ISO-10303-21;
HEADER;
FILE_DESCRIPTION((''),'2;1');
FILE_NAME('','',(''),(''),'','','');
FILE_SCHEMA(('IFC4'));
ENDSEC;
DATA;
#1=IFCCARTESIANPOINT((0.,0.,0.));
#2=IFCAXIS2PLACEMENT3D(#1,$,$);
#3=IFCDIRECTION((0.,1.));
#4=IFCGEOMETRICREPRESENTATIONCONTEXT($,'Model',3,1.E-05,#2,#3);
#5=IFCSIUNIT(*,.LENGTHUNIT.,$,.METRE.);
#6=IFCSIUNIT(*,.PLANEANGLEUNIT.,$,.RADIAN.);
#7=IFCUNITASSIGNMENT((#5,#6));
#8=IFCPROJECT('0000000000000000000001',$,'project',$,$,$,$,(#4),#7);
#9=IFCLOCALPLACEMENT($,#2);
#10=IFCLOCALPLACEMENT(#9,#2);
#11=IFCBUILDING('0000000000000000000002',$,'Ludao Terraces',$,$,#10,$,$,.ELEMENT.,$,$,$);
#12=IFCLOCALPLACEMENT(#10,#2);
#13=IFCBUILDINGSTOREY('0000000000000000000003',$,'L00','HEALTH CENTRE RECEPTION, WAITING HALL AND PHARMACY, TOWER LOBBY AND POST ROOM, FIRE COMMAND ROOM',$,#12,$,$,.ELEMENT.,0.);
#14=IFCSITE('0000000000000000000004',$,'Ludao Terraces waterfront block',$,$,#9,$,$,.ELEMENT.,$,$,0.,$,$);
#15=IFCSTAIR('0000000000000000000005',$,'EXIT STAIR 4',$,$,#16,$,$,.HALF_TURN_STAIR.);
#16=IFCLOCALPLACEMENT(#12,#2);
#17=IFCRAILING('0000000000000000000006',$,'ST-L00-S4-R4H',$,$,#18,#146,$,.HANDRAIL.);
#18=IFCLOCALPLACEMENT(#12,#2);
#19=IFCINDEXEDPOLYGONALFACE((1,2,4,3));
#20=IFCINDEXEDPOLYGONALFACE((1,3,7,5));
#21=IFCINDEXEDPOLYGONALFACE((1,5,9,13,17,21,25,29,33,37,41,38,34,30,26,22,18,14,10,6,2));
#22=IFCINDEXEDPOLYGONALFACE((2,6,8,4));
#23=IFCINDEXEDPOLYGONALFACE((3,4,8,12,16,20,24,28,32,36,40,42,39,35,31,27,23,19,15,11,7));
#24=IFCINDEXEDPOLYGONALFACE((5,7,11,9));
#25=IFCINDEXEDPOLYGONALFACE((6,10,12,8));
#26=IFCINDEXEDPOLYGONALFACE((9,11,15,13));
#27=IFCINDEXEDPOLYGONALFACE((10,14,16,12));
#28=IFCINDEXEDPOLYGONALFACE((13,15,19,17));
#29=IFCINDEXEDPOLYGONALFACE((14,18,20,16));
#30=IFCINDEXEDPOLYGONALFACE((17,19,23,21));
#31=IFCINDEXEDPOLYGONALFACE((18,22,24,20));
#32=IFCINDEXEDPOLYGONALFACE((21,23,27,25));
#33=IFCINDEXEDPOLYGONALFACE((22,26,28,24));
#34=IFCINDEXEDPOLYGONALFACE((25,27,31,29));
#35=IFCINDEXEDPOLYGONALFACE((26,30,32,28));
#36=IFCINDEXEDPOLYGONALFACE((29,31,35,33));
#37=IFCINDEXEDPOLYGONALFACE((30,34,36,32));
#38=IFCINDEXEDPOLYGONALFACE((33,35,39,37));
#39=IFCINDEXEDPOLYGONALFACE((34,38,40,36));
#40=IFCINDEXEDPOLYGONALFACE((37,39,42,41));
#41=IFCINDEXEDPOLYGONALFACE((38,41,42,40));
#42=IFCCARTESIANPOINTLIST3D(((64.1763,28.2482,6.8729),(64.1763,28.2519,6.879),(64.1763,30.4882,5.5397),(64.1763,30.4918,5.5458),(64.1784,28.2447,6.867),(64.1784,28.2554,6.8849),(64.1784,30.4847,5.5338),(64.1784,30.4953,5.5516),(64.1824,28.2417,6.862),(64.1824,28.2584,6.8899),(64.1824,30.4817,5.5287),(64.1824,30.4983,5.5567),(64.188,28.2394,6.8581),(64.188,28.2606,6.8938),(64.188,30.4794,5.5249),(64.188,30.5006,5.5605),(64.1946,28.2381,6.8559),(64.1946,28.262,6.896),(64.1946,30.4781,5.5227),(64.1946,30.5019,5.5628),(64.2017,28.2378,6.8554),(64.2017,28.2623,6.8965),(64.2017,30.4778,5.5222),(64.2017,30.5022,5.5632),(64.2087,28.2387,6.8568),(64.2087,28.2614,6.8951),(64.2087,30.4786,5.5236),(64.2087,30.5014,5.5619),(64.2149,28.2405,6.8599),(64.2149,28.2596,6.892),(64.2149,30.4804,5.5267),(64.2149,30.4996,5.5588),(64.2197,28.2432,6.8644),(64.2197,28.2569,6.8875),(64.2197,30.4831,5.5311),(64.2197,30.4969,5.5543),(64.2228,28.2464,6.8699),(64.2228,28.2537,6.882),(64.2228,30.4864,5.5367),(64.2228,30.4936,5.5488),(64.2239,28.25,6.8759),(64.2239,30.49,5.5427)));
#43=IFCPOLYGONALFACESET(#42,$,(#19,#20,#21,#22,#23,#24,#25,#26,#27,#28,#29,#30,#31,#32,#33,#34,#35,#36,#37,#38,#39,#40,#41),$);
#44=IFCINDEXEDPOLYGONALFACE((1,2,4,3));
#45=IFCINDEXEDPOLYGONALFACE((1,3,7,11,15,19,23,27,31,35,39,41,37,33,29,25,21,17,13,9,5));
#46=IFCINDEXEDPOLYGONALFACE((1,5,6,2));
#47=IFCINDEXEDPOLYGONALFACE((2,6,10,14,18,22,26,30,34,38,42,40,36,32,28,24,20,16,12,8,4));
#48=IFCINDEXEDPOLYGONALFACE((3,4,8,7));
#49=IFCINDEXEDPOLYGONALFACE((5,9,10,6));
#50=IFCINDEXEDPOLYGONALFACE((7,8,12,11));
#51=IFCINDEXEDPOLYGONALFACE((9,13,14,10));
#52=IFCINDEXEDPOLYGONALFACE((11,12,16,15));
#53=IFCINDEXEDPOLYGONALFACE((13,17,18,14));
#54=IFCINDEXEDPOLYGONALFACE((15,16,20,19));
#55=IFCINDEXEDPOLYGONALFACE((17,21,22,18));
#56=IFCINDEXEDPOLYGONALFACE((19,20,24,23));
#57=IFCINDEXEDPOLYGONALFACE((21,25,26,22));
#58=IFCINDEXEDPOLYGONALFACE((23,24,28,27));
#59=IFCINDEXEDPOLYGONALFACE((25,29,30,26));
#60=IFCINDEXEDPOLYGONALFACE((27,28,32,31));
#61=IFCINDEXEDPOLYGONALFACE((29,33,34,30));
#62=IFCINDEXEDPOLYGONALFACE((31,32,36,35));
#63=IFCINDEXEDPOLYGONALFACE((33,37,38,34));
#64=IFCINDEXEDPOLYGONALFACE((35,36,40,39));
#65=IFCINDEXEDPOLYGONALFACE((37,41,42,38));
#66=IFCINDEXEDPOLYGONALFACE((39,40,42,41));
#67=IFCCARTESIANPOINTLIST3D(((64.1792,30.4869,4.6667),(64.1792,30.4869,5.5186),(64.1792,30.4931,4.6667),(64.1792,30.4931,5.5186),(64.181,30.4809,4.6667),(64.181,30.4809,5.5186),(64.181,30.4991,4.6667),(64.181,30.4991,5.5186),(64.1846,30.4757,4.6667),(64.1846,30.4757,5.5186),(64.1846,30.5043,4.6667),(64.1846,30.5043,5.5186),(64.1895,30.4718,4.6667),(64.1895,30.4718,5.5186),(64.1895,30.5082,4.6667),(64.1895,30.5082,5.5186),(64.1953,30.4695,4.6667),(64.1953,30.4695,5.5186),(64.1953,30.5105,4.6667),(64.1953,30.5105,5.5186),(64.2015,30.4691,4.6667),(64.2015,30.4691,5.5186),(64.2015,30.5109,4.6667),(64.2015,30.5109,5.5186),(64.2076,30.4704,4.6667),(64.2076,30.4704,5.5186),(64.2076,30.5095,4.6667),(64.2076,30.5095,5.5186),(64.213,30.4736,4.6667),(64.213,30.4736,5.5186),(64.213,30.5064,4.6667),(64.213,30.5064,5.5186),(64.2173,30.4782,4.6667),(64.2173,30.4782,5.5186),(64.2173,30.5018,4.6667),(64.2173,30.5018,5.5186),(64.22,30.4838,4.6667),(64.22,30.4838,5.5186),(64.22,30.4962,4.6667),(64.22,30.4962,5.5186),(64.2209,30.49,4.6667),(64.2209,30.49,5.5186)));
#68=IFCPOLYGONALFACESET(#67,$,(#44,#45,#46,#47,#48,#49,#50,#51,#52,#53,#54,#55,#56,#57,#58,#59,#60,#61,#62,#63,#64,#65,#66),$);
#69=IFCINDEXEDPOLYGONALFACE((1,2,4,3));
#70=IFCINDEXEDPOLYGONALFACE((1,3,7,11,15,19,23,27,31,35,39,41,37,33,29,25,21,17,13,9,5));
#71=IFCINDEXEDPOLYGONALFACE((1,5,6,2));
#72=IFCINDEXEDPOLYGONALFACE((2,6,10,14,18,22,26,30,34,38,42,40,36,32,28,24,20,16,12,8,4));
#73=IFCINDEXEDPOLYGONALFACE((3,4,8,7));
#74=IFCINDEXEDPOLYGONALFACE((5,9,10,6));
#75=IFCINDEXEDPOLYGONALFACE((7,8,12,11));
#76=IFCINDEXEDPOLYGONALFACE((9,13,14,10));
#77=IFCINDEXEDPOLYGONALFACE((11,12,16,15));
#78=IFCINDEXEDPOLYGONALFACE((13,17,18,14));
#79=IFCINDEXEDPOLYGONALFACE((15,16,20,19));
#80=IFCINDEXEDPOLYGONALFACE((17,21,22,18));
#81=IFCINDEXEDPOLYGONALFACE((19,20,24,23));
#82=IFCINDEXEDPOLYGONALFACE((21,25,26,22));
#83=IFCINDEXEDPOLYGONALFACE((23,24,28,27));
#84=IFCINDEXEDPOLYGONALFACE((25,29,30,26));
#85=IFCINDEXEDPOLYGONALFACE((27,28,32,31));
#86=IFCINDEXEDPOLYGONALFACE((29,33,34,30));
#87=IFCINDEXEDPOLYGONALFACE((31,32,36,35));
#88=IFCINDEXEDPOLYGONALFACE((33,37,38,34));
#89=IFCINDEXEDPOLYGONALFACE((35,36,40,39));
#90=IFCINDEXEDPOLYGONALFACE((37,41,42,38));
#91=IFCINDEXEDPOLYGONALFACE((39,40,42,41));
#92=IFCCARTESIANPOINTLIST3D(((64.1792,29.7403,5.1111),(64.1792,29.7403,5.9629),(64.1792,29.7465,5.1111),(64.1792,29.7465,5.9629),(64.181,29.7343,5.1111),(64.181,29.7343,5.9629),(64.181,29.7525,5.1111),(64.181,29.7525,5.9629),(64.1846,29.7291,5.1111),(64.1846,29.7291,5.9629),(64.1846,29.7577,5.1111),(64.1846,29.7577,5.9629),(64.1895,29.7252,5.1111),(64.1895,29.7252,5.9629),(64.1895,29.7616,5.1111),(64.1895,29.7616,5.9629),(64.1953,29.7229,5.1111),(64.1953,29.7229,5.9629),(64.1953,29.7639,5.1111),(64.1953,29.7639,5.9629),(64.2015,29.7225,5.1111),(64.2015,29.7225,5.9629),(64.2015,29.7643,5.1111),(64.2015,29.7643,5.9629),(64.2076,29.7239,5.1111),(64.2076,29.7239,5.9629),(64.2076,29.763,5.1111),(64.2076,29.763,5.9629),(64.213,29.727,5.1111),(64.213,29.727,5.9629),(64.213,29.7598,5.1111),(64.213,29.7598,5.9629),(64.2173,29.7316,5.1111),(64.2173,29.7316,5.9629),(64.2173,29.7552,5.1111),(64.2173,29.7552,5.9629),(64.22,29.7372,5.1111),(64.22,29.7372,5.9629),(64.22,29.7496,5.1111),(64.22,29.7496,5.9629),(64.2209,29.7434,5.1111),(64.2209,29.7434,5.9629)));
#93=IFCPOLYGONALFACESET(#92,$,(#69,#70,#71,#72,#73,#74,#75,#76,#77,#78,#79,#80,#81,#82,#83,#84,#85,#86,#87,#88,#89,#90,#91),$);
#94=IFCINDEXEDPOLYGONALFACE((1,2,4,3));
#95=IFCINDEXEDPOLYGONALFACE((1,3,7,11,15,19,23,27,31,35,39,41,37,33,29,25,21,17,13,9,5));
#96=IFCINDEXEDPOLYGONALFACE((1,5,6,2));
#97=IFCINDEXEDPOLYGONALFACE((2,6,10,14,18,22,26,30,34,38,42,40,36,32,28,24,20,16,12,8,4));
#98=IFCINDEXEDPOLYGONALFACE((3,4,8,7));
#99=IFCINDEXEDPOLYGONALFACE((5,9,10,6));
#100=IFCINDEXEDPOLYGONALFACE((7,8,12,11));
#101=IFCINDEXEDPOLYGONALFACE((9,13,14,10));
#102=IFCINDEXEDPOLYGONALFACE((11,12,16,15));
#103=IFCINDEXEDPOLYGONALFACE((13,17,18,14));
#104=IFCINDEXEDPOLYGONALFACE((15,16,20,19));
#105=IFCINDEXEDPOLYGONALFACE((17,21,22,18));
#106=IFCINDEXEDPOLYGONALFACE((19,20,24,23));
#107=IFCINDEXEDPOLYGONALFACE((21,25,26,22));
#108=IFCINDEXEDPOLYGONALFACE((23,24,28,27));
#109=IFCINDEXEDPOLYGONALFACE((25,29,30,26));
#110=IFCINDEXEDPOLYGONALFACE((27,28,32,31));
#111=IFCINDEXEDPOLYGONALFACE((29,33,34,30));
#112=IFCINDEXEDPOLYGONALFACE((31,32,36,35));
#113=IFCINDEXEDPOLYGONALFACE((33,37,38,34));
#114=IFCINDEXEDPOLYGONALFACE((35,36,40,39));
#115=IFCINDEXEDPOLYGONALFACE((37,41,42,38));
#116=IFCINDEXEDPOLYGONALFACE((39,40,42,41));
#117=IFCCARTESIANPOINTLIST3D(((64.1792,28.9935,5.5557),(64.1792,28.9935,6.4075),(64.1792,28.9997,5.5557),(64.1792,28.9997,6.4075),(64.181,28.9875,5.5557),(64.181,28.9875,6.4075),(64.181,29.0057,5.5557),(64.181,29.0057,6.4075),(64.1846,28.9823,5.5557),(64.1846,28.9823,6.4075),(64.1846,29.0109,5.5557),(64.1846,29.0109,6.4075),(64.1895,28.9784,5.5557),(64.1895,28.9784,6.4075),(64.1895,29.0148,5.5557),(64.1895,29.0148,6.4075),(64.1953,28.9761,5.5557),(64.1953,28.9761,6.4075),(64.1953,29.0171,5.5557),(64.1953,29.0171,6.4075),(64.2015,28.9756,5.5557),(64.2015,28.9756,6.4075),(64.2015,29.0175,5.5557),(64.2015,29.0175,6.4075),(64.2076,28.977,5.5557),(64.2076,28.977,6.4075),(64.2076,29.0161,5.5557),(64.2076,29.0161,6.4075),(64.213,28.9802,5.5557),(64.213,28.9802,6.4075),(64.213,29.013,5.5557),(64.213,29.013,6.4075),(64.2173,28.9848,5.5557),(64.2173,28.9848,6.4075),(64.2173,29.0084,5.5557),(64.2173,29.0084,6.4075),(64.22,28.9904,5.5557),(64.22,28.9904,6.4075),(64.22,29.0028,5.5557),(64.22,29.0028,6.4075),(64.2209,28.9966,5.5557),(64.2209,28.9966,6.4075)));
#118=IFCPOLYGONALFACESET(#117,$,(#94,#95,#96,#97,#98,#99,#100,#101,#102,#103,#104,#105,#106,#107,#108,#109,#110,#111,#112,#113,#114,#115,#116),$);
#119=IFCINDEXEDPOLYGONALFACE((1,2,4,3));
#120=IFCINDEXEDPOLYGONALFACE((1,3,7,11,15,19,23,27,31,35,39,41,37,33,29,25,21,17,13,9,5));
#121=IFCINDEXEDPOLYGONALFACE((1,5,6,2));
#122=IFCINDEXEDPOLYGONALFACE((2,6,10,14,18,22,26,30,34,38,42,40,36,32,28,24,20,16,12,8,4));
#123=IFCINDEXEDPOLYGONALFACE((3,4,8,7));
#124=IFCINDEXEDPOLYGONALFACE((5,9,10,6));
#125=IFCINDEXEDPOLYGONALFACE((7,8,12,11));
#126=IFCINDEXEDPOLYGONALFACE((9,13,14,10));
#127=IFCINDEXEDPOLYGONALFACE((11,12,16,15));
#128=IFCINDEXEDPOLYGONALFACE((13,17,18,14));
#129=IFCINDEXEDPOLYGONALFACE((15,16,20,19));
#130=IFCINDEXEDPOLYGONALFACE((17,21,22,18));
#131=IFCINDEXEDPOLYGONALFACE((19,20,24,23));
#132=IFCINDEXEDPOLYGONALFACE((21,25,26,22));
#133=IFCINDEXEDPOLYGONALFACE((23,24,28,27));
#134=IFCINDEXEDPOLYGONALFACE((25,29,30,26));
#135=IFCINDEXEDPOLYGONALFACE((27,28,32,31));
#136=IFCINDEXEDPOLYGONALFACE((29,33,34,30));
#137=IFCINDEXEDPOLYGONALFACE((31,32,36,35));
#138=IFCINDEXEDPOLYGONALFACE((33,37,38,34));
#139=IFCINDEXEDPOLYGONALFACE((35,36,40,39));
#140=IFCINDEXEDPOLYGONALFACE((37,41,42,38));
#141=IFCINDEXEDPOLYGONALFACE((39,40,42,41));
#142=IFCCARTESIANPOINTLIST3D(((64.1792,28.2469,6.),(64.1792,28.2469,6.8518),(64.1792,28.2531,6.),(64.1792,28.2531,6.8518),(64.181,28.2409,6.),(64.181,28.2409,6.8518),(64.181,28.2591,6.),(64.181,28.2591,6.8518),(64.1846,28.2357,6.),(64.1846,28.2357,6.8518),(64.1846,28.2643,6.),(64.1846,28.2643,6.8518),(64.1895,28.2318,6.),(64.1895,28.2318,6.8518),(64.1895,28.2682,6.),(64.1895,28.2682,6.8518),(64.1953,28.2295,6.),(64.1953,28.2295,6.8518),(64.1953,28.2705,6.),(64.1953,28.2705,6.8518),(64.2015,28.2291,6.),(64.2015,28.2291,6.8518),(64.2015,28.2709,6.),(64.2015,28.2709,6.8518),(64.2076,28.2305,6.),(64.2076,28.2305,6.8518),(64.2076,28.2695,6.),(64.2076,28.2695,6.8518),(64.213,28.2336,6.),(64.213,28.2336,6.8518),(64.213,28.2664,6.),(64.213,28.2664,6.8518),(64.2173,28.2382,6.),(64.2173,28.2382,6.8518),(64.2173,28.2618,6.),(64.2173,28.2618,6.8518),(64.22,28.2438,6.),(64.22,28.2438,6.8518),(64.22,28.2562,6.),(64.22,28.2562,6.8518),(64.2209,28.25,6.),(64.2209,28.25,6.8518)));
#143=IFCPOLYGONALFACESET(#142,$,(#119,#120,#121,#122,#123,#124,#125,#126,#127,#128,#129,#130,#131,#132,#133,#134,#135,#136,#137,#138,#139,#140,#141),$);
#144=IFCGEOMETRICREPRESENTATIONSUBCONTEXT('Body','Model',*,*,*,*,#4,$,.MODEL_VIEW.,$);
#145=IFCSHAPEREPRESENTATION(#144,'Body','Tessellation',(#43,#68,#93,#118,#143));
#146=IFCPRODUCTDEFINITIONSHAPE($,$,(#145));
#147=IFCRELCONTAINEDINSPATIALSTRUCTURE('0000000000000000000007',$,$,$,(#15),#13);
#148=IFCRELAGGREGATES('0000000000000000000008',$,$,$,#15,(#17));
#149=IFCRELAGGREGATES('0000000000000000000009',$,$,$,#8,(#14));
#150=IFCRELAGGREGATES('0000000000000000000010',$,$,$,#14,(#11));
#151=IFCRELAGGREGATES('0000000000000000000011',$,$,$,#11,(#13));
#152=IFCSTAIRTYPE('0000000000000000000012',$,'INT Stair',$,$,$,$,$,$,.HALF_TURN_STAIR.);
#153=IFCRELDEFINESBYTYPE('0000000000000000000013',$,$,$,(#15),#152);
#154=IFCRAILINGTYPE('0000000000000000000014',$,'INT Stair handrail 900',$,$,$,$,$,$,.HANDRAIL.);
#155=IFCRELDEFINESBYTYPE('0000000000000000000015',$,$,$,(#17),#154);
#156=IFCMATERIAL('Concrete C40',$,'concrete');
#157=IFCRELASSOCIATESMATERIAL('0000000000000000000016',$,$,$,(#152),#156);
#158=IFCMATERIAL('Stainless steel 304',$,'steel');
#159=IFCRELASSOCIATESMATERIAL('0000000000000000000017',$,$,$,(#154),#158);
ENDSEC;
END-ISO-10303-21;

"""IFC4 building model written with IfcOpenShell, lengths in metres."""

from ifc_helpers import new_model, si_unit, direction, frame, origin, origin_2d, place, context, subcontext, project, spatial, circle, extrude, material, type_object, element, aggregate, save


model = new_model("IFC4")

# Units and contexts
model_context = context("Model", 3, precision=1e-05, world=origin(), true_north=direction((0.0, 1.0)))
body_context = subcontext(model_context, "Body", "Model", "MODEL_VIEW")
ifc_project = project(units=[si_unit("LENGTHUNIT", "METRE"), si_unit("PLANEANGLEUNIT", "RADIAN")], contexts=[model_context])

# Site, building, storey
site_placement = place(None, origin())
site = spatial("IfcSite", under=ifc_project, at=site_placement, Name="Ludao Terraces waterfront block", CompositionType="ELEMENT", RefElevation=0.0)
building_placement = place(site_placement, origin())
building = spatial("IfcBuilding", under=site, at=building_placement, Name="Ludao Terraces", CompositionType="ELEMENT")
storey_placement = place(building_placement, origin())
storey = spatial("IfcBuildingStorey", under=building, at=storey_placement, Name="L00", Description="HEALTH CENTRE RECEPTION, WAITING HALL AND PHARMACY, TOWER LOBBY AND POST ROOM, FIRE COMMAND ROOM", CompositionType="ELEMENT", Elevation=0.0)

# Shared definitions
ifc_material_1 = material(Name="Concrete C40", Category="concrete")

# Stair, railing
stair_type = type_object("IfcStairType", Name="INT Stair", PredefinedType="HALF_TURN_STAIR", material=ifc_material_1)
stair_placement = place(storey_placement, origin())
stair = element("IfcStair", 1, at=stair_placement, inside=storey, type_object=stair_type, Name="EXIT STAIR 4", PredefinedType="HALF_TURN_STAIR")
ifc_material_2 = material(Name="Stainless steel 304", Category="steel")
railing_type_1 = type_object("IfcRailingType", Name="INT Stair handrail 900", PredefinedType="HANDRAIL", material=ifc_material_2)
railing_1_placement = place(storey_placement, frame((64.2, 30.49, 4.6667)))
railing_1 = element("IfcRailing", 2, at=railing_1_placement, type_object=railing_type_1, Name="ST-L00-S4-R4H", PredefinedType="HANDRAIL", context=body_context, shape_type="SweptSolid", body=[
    extrude(circle(Radius=0.0239, at=origin_2d()), frame((0.0, 0.0, 0.876), z_axis=(0.0, -0.859306, 0.511462), x_axis=(1.0, 0.0, 0.0)), (0.0, 0.0, 1.0), 2.6067),
    extrude(circle(Radius=0.021, at=origin_2d()), origin(), (0.0, 0.0, 1.0), 0.8518),
    extrude(circle(Radius=0.021, at=origin_2d()), frame((0.0, -0.7466, 0.4443)), (0.0, 0.0, 1.0), 0.8518),
    extrude(circle(Radius=0.021, at=origin_2d()), frame((0.0, -1.4934, 0.8889)), (0.0, 0.0, 1.0), 0.8518),
    extrude(circle(Radius=0.021, at=origin_2d()), frame((0.0, -2.24, 1.3333)), (0.0, 0.0, 1.0), 0.8518),
])
aggregate(stair, [railing_1])

save(model, "model.ifc")
